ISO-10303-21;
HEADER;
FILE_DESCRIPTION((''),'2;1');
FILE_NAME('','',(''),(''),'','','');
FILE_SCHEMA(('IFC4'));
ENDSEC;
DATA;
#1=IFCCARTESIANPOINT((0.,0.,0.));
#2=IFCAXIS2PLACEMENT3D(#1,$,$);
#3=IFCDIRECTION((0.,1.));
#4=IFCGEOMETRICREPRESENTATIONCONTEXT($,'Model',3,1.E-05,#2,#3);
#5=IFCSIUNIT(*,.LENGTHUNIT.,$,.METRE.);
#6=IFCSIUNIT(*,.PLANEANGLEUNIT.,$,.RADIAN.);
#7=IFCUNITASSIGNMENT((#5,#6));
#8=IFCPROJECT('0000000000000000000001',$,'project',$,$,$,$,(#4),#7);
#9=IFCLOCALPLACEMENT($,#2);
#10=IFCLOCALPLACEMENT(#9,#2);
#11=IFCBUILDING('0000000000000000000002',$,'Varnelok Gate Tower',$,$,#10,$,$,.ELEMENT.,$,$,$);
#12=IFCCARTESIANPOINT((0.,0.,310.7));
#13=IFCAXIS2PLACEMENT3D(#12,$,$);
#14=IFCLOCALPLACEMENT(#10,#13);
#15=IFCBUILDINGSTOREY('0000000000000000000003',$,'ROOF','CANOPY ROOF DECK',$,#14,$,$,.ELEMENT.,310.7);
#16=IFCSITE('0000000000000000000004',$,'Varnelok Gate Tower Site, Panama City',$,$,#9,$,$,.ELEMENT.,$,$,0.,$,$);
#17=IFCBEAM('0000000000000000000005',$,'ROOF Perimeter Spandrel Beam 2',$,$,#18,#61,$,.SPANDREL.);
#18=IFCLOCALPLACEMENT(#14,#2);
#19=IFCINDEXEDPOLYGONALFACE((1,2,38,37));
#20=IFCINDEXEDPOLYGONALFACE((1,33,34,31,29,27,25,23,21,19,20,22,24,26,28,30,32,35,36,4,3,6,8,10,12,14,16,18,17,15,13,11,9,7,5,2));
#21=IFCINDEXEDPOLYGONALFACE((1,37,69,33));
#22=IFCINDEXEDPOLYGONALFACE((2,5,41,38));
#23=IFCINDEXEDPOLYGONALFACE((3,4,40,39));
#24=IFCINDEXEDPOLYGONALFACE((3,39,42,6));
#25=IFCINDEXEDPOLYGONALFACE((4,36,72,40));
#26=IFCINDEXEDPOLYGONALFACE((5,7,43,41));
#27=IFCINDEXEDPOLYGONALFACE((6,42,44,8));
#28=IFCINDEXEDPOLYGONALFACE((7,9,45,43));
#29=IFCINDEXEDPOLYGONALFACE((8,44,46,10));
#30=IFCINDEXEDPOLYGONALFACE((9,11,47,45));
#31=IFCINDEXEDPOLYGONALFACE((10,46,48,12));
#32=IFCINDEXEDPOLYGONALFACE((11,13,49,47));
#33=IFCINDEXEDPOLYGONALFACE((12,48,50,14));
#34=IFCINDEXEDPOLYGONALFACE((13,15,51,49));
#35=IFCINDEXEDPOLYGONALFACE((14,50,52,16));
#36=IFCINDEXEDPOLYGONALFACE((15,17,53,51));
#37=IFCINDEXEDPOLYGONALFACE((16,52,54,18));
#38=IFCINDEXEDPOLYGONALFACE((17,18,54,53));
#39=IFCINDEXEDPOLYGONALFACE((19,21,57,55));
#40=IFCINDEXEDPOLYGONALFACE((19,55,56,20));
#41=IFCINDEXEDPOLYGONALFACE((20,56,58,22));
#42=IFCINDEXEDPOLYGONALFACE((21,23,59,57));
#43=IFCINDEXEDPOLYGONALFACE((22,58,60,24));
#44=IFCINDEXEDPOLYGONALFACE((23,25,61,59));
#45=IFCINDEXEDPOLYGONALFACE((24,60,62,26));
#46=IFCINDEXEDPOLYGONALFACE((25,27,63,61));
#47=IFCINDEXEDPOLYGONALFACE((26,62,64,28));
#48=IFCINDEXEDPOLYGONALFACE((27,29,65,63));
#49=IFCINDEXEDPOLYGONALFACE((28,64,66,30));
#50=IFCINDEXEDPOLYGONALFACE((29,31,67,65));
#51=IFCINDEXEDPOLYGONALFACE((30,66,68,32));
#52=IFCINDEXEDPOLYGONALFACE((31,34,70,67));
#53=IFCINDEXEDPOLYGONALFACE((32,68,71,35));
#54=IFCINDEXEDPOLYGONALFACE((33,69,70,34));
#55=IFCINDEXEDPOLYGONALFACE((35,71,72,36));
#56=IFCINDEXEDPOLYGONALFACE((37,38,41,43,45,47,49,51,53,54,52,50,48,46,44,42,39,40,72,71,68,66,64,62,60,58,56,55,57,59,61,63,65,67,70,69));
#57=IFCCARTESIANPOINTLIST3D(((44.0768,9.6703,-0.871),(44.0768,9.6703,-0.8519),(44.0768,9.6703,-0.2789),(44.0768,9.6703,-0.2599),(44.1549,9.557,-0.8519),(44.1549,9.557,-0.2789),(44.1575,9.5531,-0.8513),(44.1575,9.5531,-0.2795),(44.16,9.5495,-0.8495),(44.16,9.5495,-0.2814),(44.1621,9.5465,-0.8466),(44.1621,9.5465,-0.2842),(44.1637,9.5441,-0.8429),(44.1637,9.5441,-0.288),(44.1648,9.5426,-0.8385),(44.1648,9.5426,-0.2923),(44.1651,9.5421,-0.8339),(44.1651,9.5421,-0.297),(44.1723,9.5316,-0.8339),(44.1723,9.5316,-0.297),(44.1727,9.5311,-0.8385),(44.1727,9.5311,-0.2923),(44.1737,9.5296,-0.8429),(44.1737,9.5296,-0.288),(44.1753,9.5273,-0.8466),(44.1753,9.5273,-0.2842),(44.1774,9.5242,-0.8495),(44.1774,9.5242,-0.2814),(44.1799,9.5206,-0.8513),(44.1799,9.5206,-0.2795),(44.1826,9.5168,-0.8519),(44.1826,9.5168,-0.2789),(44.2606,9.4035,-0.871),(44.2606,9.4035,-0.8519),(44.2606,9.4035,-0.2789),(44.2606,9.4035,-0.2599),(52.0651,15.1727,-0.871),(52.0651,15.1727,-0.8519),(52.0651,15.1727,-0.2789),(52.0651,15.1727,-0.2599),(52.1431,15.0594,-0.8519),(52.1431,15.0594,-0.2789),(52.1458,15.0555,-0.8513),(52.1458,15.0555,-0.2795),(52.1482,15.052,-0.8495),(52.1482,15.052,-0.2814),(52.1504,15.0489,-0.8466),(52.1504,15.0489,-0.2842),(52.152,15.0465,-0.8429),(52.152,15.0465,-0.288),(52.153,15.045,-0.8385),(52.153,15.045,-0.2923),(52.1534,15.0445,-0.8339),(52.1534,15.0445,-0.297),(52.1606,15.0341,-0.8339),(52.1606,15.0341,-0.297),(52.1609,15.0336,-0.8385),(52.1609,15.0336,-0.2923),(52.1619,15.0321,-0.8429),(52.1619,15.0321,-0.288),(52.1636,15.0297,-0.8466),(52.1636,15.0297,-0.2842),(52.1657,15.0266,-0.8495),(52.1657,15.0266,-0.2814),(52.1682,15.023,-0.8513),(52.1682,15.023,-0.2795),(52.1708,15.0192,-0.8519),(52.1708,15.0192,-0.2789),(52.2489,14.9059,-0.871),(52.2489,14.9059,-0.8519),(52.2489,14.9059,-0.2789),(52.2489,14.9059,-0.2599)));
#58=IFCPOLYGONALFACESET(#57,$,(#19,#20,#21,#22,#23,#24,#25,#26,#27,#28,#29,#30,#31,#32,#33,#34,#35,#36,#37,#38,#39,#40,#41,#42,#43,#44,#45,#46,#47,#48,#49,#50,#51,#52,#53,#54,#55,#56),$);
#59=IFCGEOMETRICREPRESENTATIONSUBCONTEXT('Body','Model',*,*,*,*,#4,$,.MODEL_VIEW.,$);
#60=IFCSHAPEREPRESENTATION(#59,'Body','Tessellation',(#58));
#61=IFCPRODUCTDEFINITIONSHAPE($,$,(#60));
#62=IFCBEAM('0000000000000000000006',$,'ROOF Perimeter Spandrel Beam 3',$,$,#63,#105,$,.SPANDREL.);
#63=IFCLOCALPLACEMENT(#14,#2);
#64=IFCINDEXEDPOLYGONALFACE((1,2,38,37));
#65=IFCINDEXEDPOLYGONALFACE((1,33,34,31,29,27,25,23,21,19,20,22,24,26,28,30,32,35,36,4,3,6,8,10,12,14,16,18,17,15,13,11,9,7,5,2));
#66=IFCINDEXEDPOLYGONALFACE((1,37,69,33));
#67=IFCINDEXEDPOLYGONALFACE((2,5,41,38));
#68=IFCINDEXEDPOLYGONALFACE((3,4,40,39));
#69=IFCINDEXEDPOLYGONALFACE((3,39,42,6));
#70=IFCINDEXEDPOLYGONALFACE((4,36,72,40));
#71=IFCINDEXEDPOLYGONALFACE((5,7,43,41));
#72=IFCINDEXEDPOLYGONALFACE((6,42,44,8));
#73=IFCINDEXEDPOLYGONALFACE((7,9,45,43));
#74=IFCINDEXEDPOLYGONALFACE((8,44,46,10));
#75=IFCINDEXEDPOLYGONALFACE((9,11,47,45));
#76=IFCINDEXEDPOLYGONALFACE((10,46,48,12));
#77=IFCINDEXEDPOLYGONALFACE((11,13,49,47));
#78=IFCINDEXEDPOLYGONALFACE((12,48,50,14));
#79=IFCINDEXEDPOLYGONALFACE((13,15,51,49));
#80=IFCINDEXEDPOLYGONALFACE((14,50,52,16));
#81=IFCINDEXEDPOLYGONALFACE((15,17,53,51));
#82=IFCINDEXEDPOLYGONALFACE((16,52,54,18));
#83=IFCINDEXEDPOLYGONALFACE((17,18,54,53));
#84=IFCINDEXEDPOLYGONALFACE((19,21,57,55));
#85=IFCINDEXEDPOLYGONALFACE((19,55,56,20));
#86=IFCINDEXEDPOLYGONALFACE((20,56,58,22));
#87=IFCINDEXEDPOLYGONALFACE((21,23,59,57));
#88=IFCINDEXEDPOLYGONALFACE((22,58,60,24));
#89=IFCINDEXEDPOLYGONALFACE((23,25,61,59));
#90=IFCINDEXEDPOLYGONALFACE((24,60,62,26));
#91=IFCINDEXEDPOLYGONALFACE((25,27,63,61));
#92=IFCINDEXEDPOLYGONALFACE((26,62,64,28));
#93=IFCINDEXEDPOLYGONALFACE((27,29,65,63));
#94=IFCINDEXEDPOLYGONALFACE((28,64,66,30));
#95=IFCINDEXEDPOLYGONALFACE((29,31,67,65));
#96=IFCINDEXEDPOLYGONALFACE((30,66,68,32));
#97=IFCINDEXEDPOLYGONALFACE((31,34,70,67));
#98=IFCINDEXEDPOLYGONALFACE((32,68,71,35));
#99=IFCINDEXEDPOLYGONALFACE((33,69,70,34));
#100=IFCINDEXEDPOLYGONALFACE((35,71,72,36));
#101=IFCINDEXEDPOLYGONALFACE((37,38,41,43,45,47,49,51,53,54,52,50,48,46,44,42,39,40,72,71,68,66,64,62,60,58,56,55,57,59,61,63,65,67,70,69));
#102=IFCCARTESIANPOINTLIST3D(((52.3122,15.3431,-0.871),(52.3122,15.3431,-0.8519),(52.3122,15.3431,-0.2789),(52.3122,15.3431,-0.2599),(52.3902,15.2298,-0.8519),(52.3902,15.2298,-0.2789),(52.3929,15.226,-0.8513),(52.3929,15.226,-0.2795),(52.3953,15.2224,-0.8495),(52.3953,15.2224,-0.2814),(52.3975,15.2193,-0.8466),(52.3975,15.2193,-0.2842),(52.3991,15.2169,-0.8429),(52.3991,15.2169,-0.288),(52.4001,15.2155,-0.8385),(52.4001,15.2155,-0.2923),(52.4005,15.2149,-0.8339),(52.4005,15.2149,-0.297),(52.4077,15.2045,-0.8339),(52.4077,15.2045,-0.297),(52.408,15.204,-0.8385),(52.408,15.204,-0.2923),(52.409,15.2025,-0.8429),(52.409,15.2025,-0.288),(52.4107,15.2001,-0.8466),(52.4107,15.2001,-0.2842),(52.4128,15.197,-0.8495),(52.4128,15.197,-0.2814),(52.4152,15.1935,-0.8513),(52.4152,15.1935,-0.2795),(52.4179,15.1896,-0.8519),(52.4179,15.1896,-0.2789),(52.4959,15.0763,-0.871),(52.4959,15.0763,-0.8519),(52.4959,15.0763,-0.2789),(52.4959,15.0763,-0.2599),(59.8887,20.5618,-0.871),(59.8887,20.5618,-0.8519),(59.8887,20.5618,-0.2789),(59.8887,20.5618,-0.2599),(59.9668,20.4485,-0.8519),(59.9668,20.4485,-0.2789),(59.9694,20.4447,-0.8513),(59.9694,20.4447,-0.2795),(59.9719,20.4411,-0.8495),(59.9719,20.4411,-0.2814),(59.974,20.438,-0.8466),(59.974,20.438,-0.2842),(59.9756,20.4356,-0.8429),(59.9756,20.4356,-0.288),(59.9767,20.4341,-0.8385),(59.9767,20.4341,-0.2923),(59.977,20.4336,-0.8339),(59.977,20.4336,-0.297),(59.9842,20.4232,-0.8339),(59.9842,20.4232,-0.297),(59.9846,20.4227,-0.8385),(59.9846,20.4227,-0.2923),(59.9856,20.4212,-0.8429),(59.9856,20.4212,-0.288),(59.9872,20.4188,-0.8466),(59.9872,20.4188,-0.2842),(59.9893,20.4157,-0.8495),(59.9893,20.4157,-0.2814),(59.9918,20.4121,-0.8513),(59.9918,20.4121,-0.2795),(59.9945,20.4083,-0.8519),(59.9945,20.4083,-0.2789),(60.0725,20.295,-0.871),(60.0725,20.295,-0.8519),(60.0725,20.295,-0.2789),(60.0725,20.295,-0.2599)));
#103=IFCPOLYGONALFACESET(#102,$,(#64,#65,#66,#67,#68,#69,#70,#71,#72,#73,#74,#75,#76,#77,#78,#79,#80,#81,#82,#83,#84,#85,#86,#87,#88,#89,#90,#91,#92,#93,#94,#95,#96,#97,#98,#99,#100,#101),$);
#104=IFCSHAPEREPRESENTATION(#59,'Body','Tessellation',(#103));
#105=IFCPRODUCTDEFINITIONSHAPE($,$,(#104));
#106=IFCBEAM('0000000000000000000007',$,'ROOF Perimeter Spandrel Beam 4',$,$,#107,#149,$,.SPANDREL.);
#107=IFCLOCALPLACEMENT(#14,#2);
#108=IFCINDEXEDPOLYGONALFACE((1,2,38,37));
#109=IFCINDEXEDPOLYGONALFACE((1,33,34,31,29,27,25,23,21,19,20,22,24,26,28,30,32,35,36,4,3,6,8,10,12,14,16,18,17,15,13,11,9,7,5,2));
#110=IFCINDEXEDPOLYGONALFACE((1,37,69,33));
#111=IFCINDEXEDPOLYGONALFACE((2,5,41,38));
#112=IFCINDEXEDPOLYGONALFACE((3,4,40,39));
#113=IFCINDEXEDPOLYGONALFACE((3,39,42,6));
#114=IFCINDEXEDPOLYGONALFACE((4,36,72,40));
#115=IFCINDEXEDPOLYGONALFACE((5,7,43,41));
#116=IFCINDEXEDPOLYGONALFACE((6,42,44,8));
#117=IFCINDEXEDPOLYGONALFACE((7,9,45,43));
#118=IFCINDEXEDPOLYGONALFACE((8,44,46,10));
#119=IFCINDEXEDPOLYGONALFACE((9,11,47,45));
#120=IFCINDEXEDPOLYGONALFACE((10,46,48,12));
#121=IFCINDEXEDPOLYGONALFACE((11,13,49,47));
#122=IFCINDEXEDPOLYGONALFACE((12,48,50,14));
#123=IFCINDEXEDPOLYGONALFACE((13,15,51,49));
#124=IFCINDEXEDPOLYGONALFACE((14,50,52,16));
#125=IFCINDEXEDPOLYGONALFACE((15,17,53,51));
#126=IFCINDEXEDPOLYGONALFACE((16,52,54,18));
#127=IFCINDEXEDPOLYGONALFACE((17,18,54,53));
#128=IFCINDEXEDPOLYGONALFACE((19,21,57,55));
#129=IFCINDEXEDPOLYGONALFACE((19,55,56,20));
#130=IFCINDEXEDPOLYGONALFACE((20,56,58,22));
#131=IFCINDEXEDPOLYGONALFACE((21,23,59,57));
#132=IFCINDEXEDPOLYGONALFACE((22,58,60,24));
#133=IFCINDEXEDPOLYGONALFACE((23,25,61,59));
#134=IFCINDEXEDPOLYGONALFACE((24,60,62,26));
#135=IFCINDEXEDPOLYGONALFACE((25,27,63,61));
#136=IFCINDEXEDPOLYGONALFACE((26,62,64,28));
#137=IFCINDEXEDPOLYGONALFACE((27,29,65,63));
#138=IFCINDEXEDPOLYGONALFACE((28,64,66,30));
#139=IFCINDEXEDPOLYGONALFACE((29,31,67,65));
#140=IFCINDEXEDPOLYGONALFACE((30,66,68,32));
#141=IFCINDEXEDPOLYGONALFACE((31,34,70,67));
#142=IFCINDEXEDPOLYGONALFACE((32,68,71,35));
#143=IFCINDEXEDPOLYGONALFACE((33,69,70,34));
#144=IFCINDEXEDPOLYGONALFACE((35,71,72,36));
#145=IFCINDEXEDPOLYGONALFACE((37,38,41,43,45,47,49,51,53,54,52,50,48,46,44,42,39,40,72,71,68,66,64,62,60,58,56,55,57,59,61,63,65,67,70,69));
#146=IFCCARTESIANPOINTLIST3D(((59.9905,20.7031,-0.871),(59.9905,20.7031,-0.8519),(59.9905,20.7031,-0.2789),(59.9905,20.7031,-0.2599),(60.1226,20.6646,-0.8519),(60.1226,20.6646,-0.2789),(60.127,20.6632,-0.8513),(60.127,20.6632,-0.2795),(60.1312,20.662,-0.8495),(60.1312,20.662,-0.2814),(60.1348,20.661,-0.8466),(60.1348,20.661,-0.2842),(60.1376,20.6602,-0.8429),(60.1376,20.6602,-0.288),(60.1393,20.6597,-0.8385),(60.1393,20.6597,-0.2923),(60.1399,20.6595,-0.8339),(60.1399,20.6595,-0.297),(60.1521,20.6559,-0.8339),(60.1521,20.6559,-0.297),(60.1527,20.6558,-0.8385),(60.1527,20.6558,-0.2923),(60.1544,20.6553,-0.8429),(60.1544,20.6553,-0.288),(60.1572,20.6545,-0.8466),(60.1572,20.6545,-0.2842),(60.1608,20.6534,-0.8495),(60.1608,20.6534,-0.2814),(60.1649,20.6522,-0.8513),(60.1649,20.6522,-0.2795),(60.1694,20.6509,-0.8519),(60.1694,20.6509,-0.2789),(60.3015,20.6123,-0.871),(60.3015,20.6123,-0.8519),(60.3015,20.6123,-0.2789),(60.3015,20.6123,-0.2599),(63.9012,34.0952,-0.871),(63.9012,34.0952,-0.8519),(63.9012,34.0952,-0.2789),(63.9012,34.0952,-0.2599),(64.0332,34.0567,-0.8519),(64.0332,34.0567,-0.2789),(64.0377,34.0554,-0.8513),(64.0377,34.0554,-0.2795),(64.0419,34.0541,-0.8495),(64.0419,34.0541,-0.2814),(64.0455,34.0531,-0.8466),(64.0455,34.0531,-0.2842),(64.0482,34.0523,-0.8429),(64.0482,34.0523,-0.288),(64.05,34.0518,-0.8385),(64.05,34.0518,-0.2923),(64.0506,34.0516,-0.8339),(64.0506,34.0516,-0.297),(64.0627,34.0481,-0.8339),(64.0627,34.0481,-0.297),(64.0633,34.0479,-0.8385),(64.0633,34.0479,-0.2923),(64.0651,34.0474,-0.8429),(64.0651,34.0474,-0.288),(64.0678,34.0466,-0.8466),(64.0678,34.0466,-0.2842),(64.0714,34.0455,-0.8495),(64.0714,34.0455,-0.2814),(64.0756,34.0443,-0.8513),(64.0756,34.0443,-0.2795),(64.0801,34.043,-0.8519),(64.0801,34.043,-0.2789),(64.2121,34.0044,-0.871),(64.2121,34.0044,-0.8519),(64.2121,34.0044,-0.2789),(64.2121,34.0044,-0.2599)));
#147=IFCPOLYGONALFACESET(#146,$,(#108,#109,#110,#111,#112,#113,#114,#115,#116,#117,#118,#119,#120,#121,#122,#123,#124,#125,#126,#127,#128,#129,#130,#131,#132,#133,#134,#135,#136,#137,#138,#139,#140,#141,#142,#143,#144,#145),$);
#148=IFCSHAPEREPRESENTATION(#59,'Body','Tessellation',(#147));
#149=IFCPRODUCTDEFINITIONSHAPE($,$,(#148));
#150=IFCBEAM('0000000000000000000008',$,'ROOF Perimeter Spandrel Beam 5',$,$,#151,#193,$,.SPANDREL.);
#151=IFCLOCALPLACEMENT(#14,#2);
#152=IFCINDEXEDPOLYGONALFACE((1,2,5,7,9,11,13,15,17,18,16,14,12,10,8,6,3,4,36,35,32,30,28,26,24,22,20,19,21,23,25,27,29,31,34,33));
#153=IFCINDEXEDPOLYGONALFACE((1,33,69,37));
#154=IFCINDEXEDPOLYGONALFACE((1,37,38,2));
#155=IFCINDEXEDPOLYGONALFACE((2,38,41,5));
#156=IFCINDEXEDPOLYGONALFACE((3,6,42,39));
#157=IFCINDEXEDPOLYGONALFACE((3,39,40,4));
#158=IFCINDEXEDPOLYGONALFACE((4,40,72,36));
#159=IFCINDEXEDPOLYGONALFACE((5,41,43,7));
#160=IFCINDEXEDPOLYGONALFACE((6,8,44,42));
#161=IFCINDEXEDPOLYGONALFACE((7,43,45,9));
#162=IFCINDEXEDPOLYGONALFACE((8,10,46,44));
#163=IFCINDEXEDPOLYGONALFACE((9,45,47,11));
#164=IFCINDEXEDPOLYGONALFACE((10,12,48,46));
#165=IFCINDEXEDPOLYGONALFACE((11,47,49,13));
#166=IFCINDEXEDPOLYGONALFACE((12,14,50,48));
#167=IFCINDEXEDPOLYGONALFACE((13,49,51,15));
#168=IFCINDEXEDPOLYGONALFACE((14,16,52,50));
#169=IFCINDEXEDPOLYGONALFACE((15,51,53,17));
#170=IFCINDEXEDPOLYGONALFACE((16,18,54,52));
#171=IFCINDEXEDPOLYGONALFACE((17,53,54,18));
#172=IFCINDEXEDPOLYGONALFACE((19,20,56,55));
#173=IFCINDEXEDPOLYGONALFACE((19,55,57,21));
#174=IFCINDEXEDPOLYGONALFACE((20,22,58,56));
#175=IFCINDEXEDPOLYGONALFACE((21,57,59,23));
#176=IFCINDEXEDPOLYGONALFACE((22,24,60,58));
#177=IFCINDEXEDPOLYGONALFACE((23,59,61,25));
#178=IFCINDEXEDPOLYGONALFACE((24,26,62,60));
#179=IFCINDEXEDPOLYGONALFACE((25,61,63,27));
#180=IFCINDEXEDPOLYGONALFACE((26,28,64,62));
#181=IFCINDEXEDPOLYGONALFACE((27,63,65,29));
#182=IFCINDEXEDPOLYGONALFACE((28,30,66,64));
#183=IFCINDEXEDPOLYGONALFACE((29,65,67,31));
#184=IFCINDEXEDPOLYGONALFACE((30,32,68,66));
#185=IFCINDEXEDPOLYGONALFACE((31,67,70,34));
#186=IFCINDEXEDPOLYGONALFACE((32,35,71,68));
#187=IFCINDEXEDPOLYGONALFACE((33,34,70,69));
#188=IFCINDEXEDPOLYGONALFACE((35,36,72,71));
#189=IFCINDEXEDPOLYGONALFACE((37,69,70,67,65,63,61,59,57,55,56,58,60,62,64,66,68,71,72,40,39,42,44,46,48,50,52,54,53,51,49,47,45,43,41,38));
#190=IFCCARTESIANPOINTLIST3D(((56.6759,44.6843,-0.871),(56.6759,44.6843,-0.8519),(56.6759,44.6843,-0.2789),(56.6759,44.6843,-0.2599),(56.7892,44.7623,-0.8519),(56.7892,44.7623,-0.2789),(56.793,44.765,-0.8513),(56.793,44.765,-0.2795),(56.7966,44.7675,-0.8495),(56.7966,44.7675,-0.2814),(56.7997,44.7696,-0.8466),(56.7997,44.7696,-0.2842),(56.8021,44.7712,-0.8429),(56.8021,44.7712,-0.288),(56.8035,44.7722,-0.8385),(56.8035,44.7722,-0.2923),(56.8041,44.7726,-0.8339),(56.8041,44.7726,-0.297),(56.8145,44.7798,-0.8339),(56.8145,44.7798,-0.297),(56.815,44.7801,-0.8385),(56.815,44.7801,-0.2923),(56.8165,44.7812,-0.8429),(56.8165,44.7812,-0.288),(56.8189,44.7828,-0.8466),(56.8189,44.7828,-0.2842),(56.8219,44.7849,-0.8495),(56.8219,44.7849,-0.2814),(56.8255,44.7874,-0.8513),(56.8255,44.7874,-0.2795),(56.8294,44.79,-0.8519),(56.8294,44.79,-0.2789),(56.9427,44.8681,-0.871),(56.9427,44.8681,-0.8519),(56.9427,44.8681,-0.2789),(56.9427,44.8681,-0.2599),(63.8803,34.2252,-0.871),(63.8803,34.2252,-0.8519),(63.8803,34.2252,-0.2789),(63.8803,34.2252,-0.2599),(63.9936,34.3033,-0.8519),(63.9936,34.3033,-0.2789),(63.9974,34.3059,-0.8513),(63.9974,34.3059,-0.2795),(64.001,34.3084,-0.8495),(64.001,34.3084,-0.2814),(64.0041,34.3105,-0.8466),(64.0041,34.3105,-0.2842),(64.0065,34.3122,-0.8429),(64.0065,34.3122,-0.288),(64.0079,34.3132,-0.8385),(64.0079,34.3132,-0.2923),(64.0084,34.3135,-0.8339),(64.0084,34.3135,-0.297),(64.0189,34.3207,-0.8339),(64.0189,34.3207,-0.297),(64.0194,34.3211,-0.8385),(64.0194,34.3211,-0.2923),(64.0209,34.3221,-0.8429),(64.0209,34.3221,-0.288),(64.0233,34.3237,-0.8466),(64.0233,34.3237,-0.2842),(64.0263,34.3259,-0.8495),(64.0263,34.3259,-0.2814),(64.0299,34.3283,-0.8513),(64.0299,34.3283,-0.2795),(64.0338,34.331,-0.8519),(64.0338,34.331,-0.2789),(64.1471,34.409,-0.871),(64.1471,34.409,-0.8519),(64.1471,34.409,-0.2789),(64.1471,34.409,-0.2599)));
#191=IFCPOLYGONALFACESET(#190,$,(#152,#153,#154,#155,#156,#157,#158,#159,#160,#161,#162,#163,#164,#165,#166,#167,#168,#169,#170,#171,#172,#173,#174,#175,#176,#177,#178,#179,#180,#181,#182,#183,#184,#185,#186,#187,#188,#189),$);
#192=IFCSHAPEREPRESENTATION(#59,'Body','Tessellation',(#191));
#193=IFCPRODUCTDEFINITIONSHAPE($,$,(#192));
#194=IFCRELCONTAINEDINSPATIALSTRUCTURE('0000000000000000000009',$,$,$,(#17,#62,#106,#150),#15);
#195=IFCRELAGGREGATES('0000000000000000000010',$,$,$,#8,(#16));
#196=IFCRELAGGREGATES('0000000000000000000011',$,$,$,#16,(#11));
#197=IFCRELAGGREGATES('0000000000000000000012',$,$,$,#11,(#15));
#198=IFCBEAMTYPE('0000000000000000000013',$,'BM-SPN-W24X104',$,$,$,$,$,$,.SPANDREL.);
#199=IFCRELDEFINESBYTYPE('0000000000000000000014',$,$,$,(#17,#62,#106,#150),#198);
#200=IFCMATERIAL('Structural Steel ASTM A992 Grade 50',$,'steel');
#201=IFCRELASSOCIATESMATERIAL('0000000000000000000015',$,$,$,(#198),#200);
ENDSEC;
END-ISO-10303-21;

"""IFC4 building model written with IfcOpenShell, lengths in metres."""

from ifc_helpers import new_model, si_unit, direction, frame, origin, origin_2d, place, context, subcontext, project, spatial, i_section, extrude, material, material_profile, profile_set, type_object, element, save


model = new_model("IFC4")

# Units and contexts
model_context = context("Model", 3, precision=1e-05, world=origin(), true_north=direction((0.0, 1.0)))
body_context = subcontext(model_context, "Body", "Model", "MODEL_VIEW")
ifc_project = project(units=[si_unit("LENGTHUNIT", "METRE"), si_unit("PLANEANGLEUNIT", "RADIAN")], contexts=[model_context])

# Site, building, storey
site_placement = place(None, origin())
site = spatial("IfcSite", under=ifc_project, at=site_placement, Name="Varnelok Gate Tower Site, Panama City", CompositionType="ELEMENT", RefElevation=0.0)
building_placement = place(site_placement, origin())
building = spatial("IfcBuilding", under=site, at=building_placement, Name="Varnelok Gate Tower", CompositionType="ELEMENT")
storey_placement = place(building_placement, frame((0.0, 0.0, 310.7)))
storey = spatial("IfcBuildingStorey", under=building, at=storey_placement, Name="ROOF", Description="CANOPY ROOF DECK", CompositionType="ELEMENT", Elevation=310.7)

# Beams
ifc_material_1 = material(Name="Structural Steel ASTM A992 Grade 50", Category="steel")
ifc_material_profile_1 = material_profile(ifc_material_1, i_section(OverallWidth=0.324, OverallDepth=0.6111, WebThickness=0.0127, FlangeThickness=0.019, FilletRadius=0.0181, at=origin_2d()), Name="W24X104")
ifc_profile_set_1 = profile_set([ifc_material_profile_1], Name="Structural Steel ASTM A992 Grade 50")
beam_type_1 = type_object("IfcBeamType", Name="BM-SPN-W24X104", PredefinedType="SPANDREL", material=ifc_profile_set_1)
beam_1_placement = place(storey_placement, frame((44.1687, 9.5369, -0.5654), z_axis=(0.823536, 0.567264, 0.0), x_axis=(-0.567264, 0.823536, 0.0)))
element("IfcBeam", 1, at=beam_1_placement, inside=storey, type_object=beam_type_1, Name="ROOF Perimeter Spandrel Beam 2", PredefinedType="SPANDREL", context=body_context, shape_type="SweptSolid", body=[
    extrude(i_section(OverallWidth=0.324, OverallDepth=0.6111, WebThickness=0.0127, FlangeThickness=0.019, FilletRadius=0.0181, at=origin_2d()), origin(), (0.0, 0.0, 1.0), 9.7),
])
beam_2_placement = place(storey_placement, frame((52.4041, 15.2097, -0.5654), z_axis=(0.823545, 0.567252, 0.0), x_axis=(-0.567252, 0.823545, 0.0)))
element("IfcBeam", 2, at=beam_2_placement, inside=storey, type_object=beam_type_1, Name="ROOF Perimeter Spandrel Beam 3", PredefinedType="SPANDREL", context=body_context, shape_type="SweptSolid", body=[
    extrude(i_section(OverallWidth=0.324, OverallDepth=0.6111, WebThickness=0.0127, FlangeThickness=0.019, FilletRadius=0.0181, at=origin_2d()), origin(), (0.0, 0.0, 1.0), 9.2),
])
beam_3_placement = place(storey_placement, frame((60.146, 20.6577, -0.5654), z_axis=(0.280305, 0.959911, 0.0), x_axis=(-0.959911, 0.280305, 0.0)))
element("IfcBeam", 3, at=beam_3_placement, inside=storey, type_object=beam_type_1, Name="ROOF Perimeter Spandrel Beam 4", PredefinedType="SPANDREL", context=body_context, shape_type="SweptSolid", body=[
    extrude(i_section(OverallWidth=0.324, OverallDepth=0.6111, WebThickness=0.0127, FlangeThickness=0.019, FilletRadius=0.0181, at=origin_2d()), origin(), (0.0, 0.0, 1.0), 13.9514),
])
beam_4_placement = place(storey_placement, frame((64.0137, 34.3171, -0.5654), z_axis=(-0.567266, 0.823535, 0.0), x_axis=(-0.823535, -0.567266, 0.0)))
element("IfcBeam", 4, at=beam_4_placement, inside=storey, type_object=beam_type_1, Name="ROOF Perimeter Spandrel Beam 5", PredefinedType="SPANDREL", context=body_context, shape_type="SweptSolid", body=[
    extrude(i_section(OverallWidth=0.324, OverallDepth=0.6111, WebThickness=0.0127, FlangeThickness=0.019, FilletRadius=0.0181, at=origin_2d()), origin(), (0.0, 0.0, 1.0), 12.7002),
])

save(model, "model.ifc")
